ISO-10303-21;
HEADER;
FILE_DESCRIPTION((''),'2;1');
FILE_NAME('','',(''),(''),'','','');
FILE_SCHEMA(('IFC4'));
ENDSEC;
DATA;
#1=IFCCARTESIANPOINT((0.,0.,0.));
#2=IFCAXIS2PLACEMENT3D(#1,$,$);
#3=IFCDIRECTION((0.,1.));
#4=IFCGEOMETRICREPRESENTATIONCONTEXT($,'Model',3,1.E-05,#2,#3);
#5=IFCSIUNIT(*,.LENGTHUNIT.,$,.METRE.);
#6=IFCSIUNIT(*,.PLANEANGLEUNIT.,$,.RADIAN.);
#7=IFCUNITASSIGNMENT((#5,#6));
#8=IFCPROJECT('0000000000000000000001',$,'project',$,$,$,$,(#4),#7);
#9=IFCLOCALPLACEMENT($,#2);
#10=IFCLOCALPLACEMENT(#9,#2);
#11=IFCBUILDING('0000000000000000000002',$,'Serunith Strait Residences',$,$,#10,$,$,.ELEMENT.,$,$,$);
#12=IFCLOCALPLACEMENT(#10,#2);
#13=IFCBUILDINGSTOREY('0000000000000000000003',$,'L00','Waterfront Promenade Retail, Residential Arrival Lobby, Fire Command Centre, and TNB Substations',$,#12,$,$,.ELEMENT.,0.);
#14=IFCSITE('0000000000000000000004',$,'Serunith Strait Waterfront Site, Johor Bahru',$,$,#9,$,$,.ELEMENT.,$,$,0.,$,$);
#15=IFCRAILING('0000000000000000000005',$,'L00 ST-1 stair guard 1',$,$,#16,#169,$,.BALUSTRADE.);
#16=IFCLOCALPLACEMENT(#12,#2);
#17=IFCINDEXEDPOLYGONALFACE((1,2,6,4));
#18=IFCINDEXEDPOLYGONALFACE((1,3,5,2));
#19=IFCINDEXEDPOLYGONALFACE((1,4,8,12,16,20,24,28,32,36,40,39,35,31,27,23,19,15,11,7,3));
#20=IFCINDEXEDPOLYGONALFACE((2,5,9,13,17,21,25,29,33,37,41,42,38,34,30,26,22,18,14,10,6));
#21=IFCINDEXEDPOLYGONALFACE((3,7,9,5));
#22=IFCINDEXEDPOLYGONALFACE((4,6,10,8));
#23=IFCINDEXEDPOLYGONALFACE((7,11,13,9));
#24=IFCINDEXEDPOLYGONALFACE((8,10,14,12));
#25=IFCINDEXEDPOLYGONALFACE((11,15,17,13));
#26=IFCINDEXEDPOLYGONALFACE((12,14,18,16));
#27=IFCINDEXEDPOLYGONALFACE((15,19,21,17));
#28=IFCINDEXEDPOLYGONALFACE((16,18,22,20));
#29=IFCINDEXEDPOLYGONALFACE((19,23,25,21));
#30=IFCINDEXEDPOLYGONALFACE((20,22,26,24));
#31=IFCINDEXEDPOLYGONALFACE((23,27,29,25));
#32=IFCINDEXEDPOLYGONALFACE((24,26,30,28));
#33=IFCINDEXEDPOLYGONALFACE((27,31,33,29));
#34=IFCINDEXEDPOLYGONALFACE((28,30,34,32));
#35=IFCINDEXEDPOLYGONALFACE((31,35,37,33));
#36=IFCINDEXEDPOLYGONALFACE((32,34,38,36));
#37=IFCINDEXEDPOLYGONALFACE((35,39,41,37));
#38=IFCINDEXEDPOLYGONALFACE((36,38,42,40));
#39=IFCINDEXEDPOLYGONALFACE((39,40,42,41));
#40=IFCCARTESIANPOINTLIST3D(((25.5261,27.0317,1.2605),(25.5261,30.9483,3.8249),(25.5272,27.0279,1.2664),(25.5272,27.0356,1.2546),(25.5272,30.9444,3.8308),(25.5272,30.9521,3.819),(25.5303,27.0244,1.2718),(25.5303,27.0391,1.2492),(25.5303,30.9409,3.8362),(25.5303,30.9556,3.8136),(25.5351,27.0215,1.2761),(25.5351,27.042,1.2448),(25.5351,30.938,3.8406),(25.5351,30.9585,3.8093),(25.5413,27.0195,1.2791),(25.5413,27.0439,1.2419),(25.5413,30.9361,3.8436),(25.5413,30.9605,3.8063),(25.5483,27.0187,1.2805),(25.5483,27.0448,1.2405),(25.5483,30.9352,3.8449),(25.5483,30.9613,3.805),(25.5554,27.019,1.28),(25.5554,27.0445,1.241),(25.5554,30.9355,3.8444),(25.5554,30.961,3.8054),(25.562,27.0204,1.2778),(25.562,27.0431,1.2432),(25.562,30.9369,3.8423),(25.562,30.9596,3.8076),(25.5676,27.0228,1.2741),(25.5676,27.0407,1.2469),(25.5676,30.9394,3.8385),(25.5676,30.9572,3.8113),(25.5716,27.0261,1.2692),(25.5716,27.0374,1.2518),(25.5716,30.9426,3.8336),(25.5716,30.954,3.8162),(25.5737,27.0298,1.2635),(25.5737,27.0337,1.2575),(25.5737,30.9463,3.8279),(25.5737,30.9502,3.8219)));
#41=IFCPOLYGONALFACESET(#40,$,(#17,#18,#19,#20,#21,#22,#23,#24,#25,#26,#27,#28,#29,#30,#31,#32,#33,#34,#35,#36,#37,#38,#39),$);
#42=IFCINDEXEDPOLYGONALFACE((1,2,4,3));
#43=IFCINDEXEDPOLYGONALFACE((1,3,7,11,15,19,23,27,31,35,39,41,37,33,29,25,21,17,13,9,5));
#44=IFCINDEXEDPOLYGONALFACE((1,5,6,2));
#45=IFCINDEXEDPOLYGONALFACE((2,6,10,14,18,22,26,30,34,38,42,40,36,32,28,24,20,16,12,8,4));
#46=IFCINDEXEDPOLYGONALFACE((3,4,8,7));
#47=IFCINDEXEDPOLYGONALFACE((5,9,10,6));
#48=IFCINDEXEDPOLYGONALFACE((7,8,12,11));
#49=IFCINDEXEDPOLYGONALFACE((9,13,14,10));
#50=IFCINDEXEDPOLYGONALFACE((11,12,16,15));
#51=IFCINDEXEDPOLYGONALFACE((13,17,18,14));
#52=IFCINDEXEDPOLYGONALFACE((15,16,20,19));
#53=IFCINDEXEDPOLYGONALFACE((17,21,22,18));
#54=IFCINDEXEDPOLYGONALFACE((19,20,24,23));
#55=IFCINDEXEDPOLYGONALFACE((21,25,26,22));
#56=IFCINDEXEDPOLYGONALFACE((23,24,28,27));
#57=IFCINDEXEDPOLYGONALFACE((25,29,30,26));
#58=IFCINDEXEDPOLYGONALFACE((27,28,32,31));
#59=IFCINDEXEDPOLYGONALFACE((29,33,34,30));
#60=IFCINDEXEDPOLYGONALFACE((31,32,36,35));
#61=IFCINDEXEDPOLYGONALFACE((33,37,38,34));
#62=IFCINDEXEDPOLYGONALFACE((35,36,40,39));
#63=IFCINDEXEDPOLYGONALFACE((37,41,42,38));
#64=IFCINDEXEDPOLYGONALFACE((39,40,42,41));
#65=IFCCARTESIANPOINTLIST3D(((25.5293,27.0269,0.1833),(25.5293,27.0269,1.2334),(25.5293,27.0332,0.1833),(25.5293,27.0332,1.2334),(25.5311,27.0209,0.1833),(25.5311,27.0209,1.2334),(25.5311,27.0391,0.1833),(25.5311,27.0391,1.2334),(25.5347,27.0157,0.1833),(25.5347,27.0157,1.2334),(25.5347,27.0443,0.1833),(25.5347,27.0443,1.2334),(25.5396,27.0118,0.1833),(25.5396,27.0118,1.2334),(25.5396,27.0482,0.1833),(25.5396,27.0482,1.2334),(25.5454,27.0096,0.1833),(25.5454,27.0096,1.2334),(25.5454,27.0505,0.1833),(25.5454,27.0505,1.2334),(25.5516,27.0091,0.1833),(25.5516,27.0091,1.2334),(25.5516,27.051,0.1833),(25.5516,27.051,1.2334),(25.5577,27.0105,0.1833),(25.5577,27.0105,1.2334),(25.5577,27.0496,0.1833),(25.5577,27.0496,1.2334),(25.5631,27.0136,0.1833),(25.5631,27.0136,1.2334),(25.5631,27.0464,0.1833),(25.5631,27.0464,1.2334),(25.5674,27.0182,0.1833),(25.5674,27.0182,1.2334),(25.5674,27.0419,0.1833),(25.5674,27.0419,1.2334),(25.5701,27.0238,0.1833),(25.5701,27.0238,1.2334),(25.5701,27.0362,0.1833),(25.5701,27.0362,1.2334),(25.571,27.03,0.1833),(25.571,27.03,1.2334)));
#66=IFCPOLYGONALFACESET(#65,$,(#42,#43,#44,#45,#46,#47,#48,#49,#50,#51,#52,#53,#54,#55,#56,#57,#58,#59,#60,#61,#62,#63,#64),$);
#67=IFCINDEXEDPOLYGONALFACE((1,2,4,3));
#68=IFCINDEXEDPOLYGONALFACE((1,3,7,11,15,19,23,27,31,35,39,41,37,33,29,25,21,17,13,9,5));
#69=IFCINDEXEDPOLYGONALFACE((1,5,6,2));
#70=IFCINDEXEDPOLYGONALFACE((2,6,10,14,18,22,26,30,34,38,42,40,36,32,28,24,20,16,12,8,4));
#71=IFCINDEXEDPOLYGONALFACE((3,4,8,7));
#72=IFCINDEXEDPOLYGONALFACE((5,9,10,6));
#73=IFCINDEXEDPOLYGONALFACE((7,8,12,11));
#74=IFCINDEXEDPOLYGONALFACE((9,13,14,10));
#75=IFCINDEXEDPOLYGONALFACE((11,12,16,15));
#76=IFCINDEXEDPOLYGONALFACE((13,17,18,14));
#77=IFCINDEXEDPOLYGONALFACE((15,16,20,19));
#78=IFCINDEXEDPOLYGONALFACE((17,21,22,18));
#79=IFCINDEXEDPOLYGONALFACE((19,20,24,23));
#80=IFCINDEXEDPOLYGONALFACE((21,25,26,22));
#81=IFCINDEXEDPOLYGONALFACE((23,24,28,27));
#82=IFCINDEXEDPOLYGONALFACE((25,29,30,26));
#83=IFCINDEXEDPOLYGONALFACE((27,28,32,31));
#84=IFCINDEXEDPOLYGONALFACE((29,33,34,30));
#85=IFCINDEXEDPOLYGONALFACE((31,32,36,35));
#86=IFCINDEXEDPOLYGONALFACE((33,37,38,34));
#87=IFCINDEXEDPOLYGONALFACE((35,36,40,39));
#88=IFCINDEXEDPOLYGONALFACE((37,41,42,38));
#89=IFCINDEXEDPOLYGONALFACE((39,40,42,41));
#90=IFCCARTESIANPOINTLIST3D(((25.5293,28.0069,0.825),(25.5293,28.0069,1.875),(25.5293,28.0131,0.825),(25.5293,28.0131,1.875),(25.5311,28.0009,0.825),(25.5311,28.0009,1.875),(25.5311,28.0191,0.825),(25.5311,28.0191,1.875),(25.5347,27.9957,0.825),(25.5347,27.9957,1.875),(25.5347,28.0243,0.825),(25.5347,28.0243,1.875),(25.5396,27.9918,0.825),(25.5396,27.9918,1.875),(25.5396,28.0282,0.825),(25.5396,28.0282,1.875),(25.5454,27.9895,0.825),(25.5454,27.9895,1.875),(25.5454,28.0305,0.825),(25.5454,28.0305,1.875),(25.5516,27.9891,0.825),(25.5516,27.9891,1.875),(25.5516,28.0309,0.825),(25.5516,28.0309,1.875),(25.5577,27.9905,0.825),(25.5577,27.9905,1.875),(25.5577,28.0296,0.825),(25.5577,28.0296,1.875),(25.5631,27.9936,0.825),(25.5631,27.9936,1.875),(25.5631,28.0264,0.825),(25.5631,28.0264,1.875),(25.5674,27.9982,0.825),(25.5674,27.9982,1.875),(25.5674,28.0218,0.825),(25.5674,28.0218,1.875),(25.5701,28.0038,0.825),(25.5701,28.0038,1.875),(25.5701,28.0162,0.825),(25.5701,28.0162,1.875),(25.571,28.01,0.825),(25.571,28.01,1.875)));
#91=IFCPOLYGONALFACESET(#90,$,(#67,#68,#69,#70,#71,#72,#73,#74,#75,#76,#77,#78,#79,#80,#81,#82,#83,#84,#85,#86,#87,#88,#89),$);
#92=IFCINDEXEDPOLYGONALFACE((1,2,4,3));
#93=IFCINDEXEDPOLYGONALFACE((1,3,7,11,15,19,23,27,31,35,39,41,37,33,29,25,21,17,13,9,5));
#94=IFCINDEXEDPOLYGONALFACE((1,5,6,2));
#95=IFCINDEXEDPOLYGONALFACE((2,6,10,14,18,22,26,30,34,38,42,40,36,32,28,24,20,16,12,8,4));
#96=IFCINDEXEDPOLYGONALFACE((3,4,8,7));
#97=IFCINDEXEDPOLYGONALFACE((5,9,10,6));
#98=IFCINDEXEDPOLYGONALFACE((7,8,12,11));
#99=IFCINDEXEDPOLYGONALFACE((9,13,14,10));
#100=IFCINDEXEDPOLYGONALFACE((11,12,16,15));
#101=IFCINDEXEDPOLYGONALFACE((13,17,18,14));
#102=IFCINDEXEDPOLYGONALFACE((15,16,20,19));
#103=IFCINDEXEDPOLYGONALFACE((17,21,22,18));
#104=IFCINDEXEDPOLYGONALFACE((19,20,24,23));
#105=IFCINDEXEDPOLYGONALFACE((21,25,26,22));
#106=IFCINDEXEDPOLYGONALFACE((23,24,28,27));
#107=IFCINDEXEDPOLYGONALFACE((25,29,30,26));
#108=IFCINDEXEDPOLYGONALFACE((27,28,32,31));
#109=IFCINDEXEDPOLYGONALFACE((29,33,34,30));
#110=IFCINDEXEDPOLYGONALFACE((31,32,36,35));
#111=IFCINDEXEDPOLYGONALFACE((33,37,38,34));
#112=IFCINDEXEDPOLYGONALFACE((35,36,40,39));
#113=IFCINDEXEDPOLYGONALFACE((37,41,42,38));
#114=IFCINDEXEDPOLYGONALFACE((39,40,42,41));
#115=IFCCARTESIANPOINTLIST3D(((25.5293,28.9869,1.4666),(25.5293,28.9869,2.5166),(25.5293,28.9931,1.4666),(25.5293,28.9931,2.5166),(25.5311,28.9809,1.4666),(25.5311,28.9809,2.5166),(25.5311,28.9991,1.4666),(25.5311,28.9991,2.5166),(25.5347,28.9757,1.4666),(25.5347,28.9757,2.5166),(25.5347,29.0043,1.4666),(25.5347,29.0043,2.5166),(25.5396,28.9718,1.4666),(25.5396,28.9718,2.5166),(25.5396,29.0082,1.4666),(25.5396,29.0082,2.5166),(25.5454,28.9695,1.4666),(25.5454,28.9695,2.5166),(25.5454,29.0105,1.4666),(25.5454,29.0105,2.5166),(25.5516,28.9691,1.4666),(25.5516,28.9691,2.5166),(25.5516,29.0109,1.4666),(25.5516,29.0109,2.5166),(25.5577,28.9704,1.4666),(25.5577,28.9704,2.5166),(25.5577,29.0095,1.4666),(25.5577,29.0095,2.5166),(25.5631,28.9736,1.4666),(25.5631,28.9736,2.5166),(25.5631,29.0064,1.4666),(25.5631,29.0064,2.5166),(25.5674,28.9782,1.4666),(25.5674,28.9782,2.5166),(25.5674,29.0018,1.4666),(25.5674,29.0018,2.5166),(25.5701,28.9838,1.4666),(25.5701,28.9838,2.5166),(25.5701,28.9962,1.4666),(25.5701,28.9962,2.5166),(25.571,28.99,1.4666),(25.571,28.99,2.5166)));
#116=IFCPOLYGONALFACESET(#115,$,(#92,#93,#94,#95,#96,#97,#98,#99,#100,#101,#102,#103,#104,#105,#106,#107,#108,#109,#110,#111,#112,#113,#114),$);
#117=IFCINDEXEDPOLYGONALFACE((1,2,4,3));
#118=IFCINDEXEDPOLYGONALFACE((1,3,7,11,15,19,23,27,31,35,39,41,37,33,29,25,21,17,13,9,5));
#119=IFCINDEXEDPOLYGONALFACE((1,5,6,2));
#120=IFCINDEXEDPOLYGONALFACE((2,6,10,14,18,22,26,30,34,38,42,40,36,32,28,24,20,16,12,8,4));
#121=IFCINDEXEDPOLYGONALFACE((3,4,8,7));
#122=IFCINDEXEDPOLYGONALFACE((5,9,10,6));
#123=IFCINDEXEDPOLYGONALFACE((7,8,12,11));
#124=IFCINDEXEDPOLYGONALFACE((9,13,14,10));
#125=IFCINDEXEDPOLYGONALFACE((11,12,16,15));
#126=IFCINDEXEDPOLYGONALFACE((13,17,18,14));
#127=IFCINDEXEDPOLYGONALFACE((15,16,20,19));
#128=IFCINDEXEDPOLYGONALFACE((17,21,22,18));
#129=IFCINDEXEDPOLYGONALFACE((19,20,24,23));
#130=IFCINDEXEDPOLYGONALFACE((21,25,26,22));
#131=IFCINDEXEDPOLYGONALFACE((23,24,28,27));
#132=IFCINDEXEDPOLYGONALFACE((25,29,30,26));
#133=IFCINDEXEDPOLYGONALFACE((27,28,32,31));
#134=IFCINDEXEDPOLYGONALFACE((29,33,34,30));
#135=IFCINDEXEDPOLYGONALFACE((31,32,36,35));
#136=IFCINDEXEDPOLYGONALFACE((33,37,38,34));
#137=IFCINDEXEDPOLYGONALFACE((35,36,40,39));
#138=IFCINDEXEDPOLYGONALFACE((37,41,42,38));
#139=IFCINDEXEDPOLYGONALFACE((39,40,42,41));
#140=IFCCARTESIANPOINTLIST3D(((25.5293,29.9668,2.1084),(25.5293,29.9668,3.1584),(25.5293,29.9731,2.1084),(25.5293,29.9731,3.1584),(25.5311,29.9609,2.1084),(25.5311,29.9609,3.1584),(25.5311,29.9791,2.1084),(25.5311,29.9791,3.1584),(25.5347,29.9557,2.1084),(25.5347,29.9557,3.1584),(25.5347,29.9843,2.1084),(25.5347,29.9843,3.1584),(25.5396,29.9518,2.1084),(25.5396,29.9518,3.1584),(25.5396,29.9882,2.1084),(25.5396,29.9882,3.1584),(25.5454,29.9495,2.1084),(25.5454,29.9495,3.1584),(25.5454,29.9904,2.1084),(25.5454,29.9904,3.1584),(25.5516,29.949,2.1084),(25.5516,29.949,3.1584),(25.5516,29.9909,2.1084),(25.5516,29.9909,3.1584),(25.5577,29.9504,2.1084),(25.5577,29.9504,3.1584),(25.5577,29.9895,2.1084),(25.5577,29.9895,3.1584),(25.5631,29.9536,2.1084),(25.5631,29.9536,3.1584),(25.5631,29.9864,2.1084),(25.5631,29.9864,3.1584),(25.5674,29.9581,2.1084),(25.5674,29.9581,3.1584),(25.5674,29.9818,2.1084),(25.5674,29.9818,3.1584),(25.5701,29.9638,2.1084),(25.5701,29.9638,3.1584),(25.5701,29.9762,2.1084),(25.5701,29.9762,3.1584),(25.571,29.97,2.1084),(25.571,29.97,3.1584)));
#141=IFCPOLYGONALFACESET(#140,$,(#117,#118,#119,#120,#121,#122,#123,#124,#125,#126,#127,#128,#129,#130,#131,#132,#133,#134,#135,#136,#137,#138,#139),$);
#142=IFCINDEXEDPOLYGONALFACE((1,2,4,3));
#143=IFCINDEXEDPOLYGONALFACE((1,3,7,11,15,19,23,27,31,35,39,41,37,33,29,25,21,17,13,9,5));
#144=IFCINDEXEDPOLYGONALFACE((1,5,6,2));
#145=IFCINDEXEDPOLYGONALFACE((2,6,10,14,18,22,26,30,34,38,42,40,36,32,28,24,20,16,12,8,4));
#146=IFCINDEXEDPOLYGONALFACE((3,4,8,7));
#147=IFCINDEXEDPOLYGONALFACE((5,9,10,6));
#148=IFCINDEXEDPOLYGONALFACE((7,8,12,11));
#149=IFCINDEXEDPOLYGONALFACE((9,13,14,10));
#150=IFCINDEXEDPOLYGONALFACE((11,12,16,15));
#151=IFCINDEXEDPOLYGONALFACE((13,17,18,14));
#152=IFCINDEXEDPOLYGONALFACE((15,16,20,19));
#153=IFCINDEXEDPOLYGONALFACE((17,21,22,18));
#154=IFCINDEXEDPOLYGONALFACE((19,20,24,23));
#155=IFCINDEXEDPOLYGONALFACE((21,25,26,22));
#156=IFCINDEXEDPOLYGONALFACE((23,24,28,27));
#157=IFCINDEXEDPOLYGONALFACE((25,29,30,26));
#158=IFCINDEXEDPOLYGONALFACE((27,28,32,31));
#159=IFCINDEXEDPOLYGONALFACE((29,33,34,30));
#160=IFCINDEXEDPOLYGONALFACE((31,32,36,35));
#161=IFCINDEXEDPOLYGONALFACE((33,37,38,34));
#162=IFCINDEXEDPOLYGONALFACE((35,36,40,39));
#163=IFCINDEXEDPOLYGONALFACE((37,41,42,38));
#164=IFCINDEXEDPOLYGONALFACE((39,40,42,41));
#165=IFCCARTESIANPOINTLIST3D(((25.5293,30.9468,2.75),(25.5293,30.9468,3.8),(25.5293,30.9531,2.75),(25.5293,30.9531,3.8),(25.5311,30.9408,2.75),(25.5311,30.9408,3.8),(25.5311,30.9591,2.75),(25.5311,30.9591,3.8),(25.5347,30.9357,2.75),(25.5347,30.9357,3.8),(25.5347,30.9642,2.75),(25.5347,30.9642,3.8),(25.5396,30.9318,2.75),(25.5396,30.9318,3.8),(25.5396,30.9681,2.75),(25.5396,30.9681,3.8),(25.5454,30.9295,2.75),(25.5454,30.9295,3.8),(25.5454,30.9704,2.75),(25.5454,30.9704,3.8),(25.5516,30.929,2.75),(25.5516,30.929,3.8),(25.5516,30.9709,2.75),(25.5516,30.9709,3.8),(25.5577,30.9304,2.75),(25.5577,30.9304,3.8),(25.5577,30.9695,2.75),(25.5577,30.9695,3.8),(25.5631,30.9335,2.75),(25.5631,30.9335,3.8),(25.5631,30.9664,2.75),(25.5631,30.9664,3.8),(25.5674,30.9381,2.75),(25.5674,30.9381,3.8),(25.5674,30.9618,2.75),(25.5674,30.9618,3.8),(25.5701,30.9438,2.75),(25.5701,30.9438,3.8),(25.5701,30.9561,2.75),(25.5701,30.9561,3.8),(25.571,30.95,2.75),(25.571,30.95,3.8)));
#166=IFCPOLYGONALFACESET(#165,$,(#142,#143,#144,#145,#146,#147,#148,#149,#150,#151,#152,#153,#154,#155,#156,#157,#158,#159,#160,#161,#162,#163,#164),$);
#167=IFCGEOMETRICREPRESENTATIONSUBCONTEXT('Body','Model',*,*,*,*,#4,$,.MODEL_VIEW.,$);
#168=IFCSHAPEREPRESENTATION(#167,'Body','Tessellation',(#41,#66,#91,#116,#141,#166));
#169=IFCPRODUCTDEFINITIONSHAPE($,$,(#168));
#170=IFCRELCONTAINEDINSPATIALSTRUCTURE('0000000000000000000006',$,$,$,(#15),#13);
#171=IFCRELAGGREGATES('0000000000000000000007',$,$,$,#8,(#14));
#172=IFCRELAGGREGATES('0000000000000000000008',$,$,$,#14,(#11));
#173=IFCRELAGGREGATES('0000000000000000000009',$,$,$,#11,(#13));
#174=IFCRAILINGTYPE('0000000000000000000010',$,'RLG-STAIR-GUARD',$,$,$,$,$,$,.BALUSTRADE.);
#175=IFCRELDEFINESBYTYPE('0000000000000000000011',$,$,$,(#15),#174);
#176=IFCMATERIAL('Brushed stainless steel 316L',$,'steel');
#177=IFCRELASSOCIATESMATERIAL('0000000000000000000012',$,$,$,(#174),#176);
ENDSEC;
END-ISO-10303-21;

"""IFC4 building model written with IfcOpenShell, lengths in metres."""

from ifc_helpers import new_model, si_unit, direction, frame, origin, origin_2d, place, context, subcontext, project, spatial, circle, extrude, material, type_object, element, save


model = new_model("IFC4")

# Units and contexts
model_context = context("Model", 3, precision=1e-05, world=origin(), true_north=direction((0.0, 1.0)))
body_context = subcontext(model_context, "Body", "Model", "MODEL_VIEW")
ifc_project = project(units=[si_unit("LENGTHUNIT", "METRE"), si_unit("PLANEANGLEUNIT", "RADIAN")], contexts=[model_context])

# Site, building, storey
site_placement = place(None, origin())
site = spatial("IfcSite", under=ifc_project, at=site_placement, Name="Serunith Strait Waterfront Site, Johor Bahru", CompositionType="ELEMENT", RefElevation=0.0)
building_placement = place(site_placement, origin())
building = spatial("IfcBuilding", under=site, at=building_placement, Name="Serunith Strait Residences", CompositionType="ELEMENT")
storey_placement = place(building_placement, origin())
storey = spatial("IfcBuildingStorey", under=building, at=storey_placement, Name="L00", Description="Waterfront Promenade Retail, Residential Arrival Lobby, Fire Command Centre, and TNB Substations", CompositionType="ELEMENT", Elevation=0.0)

# Railing
ifc_material_1 = material(Name="Brushed stainless steel 316L", Category="steel")
railing_type_1 = type_object("IfcRailingType", Name="RLG-STAIR-GUARD", PredefinedType="BALUSTRADE", material=ifc_material_1)
railing_1_placement = place(storey_placement, frame((25.55, 27.03, 0.1833)))
element("IfcRailing", 1, at=railing_1_placement, inside=storey, type_object=railing_type_1, Name="L00 ST-1 stair guard 1", PredefinedType="BALUSTRADE", context=body_context, shape_type="SweptSolid", body=[
    extrude(circle(Radius=0.0239, at=origin_2d()), frame((0.0, 0.0017, 1.0771), z_axis=(0.0, 0.836615, 0.547791), x_axis=(-1.0, 0.0, 0.0)), (0.0, 0.0, 1.0), 4.6814),
    extrude(circle(Radius=0.021, at=origin_2d()), origin(), (0.0, 0.0, 1.0), 1.05),
    extrude(circle(Radius=0.021, at=origin_2d()), frame((0.0, 0.98, 0.6416)), (0.0, 0.0, 1.0), 1.05),
    extrude(circle(Radius=0.021, at=origin_2d()), frame((0.0, 1.96, 1.2832)), (0.0, 0.0, 1.0), 1.05),
    extrude(circle(Radius=0.021, at=origin_2d()), frame((0.0, 2.9399, 1.925)), (0.0, 0.0, 1.0), 1.05),
    extrude(circle(Radius=0.021, at=origin_2d()), frame((0.0, 3.9199, 2.5667)), (0.0, 0.0, 1.0), 1.05),
])

save(model, "model.ifc")
